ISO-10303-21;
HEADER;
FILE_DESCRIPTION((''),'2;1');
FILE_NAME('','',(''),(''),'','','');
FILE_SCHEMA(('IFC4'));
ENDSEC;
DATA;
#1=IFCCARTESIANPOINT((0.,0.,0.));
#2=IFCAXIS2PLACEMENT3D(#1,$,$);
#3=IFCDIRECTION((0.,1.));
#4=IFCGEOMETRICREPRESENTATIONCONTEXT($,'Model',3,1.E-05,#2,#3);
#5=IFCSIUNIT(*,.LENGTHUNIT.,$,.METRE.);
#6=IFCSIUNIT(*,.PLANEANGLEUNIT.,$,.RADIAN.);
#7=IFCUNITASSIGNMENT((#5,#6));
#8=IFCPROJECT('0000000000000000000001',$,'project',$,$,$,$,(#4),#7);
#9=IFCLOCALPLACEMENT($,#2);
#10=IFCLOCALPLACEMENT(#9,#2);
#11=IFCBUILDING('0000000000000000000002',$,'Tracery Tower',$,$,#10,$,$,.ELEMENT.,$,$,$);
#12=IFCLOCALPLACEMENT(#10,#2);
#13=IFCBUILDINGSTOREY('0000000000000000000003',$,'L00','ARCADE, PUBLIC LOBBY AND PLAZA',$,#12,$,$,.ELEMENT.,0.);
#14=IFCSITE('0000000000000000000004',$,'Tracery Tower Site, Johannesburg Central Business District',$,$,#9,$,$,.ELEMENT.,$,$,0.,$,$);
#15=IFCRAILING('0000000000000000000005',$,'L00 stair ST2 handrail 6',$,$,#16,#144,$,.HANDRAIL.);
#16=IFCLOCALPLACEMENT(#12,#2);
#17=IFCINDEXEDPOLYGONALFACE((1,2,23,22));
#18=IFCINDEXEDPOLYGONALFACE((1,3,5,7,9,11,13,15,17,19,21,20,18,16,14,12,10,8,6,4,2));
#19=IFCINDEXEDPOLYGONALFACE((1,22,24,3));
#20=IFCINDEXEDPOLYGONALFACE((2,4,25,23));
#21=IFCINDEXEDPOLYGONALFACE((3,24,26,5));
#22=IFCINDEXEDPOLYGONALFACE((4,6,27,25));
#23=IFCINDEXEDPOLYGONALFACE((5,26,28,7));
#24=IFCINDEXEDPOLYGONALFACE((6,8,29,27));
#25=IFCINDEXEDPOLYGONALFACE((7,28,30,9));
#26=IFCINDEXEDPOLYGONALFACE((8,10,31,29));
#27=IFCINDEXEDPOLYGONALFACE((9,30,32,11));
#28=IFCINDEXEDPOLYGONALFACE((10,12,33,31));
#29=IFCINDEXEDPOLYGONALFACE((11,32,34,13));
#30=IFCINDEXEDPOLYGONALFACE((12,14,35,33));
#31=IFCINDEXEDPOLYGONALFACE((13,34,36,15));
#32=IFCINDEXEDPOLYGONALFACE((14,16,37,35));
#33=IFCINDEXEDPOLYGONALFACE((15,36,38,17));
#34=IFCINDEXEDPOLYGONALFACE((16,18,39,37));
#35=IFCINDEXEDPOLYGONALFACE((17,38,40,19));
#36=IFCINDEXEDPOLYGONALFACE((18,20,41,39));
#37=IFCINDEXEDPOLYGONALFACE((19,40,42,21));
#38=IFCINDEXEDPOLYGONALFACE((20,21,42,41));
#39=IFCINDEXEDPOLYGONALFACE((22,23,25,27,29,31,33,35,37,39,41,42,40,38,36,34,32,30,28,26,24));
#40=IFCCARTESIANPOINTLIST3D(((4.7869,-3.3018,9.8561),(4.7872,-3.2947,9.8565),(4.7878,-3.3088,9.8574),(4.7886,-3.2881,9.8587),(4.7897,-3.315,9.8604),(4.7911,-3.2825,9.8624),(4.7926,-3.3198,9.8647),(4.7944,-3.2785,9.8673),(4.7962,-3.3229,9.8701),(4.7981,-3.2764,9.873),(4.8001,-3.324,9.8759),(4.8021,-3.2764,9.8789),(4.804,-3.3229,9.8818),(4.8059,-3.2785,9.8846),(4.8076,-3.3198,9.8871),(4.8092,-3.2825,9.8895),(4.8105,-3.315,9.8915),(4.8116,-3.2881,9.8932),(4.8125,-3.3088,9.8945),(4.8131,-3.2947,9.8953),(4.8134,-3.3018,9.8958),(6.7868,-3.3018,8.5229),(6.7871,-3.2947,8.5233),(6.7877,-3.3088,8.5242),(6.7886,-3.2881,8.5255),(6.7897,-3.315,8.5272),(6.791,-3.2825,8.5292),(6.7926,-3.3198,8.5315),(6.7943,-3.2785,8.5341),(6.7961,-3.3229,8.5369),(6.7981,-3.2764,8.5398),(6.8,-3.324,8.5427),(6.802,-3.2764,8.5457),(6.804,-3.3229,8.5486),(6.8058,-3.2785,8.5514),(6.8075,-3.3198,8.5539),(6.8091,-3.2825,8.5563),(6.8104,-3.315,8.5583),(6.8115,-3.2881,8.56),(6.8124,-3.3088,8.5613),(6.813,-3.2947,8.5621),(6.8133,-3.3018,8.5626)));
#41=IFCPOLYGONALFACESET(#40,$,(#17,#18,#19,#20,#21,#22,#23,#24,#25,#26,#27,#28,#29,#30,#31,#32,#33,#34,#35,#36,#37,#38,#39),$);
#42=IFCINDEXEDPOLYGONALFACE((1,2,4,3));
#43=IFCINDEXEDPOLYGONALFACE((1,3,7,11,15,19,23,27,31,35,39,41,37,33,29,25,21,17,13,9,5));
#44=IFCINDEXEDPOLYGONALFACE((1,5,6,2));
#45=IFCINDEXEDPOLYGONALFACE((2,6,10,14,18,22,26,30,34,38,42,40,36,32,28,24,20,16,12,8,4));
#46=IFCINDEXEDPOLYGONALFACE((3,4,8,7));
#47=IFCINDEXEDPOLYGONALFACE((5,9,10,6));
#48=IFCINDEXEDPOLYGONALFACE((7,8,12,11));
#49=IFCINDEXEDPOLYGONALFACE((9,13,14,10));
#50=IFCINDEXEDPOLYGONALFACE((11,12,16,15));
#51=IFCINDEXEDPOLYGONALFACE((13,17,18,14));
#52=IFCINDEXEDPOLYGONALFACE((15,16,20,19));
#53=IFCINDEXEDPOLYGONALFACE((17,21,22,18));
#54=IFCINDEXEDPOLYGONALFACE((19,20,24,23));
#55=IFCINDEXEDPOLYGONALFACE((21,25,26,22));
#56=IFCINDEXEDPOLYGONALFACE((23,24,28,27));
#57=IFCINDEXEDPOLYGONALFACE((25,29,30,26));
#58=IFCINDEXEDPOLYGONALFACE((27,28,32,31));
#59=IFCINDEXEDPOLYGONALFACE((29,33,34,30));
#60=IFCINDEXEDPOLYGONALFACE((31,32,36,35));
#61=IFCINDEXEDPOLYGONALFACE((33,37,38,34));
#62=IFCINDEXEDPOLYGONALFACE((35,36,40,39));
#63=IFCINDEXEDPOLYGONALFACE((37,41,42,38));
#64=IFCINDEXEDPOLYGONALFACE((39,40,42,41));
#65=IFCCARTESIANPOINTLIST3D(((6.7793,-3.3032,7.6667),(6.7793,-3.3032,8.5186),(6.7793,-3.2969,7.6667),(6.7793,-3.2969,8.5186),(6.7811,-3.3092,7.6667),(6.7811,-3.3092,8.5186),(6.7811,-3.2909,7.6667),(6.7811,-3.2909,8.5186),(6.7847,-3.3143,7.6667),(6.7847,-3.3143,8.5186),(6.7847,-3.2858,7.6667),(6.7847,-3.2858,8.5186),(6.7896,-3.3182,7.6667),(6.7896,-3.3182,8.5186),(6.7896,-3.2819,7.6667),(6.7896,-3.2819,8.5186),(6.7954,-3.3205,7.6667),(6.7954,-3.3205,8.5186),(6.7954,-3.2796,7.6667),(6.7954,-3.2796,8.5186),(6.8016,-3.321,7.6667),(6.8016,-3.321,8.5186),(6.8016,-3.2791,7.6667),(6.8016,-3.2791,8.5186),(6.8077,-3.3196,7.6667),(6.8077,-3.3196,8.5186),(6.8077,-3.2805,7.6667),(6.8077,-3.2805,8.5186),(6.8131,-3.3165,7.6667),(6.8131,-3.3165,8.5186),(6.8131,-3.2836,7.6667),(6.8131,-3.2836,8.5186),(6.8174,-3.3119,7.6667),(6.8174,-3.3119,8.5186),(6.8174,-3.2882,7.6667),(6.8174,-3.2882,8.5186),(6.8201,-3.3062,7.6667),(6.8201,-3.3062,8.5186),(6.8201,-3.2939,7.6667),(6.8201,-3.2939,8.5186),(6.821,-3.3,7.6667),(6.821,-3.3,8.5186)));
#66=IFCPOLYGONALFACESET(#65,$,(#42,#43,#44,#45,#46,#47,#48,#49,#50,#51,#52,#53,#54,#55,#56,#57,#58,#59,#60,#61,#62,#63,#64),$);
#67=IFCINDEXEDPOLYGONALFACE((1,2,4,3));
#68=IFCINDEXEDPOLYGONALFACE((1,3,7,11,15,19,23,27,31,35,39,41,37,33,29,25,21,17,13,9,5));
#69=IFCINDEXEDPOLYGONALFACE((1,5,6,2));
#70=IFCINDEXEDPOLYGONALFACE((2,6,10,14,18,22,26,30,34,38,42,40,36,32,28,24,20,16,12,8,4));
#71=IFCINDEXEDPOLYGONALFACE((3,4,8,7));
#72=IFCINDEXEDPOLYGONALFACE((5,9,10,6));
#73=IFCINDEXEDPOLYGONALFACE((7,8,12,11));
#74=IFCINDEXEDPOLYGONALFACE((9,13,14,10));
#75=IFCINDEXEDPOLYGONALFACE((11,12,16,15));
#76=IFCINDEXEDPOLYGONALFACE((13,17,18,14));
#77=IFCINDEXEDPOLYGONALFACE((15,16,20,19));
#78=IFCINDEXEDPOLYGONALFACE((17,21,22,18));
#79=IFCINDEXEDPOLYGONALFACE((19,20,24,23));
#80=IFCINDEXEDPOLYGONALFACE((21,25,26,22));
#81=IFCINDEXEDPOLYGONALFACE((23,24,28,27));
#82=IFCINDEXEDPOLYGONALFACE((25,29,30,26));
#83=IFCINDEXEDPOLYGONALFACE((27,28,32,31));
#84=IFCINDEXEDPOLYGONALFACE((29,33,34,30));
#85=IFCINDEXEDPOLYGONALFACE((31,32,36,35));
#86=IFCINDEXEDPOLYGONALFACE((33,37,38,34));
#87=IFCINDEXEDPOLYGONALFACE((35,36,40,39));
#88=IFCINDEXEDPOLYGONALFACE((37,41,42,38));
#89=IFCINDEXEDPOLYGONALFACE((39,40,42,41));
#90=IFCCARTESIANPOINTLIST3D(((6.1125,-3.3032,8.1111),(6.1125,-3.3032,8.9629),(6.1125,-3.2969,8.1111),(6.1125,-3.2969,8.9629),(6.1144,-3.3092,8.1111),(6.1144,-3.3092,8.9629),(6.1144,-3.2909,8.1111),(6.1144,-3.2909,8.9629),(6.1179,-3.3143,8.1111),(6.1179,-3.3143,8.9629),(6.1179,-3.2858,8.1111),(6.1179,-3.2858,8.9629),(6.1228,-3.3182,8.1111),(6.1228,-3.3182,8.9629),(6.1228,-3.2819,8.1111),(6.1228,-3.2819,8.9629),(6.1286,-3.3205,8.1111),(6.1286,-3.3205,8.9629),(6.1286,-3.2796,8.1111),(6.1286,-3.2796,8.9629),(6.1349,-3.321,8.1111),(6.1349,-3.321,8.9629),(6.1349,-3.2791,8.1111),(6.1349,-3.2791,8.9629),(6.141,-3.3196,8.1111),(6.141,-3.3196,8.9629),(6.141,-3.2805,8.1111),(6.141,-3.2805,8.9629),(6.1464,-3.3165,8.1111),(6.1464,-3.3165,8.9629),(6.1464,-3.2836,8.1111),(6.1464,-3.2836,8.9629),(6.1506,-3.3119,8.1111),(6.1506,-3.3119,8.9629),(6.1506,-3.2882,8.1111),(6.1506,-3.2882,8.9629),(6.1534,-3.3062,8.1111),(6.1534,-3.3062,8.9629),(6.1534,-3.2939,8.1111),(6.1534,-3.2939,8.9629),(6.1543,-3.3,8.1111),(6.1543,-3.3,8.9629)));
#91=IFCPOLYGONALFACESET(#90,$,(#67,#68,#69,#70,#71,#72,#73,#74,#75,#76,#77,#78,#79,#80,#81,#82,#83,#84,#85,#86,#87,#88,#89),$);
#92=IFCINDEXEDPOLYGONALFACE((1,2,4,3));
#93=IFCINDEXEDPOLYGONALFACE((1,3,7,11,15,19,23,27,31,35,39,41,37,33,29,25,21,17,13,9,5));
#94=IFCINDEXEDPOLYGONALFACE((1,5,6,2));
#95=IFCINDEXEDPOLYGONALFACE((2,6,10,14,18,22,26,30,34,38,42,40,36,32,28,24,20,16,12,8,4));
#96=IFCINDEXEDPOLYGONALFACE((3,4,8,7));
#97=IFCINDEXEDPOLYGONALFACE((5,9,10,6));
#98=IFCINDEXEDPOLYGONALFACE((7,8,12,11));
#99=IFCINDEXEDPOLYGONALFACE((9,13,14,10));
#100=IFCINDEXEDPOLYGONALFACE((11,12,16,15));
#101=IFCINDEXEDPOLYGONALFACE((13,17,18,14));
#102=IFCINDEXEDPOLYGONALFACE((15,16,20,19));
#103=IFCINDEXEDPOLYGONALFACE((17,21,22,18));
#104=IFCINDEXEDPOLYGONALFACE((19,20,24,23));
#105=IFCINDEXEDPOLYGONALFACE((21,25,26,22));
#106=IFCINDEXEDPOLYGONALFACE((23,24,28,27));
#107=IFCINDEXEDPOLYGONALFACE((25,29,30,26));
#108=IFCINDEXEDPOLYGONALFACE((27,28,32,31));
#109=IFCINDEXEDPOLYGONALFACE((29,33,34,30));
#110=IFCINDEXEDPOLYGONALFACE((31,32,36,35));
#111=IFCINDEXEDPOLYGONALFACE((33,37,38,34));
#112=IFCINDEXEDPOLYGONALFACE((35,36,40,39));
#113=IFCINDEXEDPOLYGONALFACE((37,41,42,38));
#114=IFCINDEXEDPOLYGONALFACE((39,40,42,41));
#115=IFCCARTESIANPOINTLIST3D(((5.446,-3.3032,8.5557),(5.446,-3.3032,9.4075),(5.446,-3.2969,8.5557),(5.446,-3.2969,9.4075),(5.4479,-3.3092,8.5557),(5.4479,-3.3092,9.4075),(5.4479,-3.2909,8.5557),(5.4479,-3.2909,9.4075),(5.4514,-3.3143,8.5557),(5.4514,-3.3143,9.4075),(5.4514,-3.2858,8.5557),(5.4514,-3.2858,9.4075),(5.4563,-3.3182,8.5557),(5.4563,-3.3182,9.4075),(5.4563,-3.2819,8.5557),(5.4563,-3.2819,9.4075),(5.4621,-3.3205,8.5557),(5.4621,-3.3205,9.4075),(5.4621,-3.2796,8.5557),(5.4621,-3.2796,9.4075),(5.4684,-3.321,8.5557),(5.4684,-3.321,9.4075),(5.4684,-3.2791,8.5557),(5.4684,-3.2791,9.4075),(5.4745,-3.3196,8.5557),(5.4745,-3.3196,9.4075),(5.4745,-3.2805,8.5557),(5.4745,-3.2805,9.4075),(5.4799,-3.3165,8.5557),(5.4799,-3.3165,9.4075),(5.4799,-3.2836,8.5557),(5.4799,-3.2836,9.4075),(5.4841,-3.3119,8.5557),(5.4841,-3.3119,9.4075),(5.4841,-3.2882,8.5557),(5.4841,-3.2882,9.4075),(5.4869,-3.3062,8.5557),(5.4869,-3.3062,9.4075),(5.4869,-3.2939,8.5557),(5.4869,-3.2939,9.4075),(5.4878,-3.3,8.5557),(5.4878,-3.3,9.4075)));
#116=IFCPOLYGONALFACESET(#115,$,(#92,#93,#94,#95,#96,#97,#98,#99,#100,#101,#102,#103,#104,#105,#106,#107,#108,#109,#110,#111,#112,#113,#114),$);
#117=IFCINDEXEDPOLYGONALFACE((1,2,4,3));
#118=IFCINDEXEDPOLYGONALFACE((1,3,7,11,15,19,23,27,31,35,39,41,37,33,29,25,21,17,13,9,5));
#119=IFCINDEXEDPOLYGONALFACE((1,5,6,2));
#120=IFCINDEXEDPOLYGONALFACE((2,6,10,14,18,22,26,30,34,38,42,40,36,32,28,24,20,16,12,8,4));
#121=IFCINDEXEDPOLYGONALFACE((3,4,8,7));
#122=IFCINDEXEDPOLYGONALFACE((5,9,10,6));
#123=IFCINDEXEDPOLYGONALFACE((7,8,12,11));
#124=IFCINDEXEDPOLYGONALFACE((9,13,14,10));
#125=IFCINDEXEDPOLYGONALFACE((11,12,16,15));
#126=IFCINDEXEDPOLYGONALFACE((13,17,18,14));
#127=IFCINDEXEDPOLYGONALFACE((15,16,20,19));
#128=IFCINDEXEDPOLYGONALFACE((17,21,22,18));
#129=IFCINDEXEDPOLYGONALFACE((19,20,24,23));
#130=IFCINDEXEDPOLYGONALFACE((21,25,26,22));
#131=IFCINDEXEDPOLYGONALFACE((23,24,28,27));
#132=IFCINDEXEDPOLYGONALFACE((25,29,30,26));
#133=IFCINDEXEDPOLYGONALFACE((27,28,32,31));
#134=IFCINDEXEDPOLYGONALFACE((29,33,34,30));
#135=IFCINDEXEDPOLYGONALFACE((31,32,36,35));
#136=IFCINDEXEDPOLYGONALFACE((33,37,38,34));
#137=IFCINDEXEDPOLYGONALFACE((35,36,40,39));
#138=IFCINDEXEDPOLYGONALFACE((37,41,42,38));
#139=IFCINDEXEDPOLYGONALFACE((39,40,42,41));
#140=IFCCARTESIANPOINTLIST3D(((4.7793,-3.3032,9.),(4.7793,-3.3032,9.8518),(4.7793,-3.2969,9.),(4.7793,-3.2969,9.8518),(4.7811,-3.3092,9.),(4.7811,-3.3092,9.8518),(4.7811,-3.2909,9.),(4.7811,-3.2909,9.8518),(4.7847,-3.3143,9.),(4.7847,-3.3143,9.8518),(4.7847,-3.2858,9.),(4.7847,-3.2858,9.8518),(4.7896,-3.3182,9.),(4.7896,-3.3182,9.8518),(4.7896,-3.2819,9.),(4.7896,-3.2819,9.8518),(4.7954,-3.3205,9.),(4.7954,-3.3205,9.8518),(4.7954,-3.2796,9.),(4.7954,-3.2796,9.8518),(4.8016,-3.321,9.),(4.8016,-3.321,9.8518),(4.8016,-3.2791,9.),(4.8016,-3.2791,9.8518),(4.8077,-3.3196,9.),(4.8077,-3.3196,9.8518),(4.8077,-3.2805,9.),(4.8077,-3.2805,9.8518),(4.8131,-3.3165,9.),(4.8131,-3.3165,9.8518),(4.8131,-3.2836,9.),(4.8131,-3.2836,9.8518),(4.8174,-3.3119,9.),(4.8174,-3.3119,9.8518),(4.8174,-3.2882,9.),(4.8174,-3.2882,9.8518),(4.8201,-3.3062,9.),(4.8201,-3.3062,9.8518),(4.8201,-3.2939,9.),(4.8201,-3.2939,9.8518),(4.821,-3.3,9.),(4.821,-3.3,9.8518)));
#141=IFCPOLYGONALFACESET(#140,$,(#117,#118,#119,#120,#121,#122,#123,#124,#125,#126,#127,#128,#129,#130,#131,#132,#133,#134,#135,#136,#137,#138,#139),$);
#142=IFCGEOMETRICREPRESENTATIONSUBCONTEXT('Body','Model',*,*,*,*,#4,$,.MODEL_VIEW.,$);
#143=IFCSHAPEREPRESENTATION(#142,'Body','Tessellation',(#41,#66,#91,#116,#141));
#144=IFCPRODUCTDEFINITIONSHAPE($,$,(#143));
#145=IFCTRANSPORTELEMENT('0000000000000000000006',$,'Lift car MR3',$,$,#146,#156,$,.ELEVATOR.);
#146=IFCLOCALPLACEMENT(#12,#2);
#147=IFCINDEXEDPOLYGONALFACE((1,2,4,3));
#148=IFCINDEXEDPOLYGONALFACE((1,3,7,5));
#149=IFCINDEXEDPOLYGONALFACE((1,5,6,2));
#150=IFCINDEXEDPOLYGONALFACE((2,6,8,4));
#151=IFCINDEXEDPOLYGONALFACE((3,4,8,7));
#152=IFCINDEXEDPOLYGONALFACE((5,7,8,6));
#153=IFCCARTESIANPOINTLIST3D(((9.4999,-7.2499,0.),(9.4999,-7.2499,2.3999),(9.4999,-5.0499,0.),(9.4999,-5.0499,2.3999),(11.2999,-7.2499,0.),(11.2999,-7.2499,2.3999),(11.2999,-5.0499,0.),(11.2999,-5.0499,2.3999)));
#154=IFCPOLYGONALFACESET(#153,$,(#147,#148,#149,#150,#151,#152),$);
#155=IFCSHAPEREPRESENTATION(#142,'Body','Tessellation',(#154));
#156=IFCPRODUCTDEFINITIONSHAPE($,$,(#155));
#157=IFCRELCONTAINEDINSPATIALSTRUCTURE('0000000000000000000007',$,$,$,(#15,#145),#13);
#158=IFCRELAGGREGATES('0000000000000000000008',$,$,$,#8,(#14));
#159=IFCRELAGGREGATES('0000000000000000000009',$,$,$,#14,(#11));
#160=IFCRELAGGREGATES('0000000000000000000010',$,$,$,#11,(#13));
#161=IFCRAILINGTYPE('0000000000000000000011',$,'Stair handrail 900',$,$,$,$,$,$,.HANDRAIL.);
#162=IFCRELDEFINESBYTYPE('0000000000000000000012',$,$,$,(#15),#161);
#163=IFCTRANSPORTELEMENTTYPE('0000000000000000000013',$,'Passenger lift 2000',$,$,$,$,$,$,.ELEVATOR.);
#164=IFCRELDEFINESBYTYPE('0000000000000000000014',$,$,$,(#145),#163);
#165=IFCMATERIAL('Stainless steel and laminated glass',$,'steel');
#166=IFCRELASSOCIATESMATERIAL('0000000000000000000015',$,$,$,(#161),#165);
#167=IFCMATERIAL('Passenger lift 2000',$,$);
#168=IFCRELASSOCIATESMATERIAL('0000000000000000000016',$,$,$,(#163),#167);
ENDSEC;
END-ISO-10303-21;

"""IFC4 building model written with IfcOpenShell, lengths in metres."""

from ifc_helpers import new_model, si_unit, direction, frame, origin, origin_2d, place, context, subcontext, project, spatial, rectangle, circle, extrude, material, type_object, element, save


model = new_model("IFC4")

# Units and contexts
model_context = context("Model", 3, precision=1e-05, world=origin(), true_north=direction((0.0, 1.0)))
body_context = subcontext(model_context, "Body", "Model", "MODEL_VIEW")
ifc_project = project(units=[si_unit("LENGTHUNIT", "METRE"), si_unit("PLANEANGLEUNIT", "RADIAN")], contexts=[model_context])

# Site, building, storey
site_placement = place(None, origin())
site = spatial("IfcSite", under=ifc_project, at=site_placement, Name="Tracery Tower Site, Johannesburg Central Business District", CompositionType="ELEMENT", RefElevation=0.0)
building_placement = place(site_placement, origin())
building = spatial("IfcBuilding", under=site, at=building_placement, Name="Tracery Tower", CompositionType="ELEMENT")
storey_placement = place(building_placement, origin())
storey = spatial("IfcBuildingStorey", under=building, at=storey_placement, Name="L00", Description="ARCADE, PUBLIC LOBBY AND PLAZA", CompositionType="ELEMENT", Elevation=0.0)

# Railing
ifc_material_1 = material(Name="Stainless steel and laminated glass", Category="steel")
railing_type = type_object("IfcRailingType", Name="Stair handrail 900", PredefinedType="HANDRAIL", material=ifc_material_1)
railing_placement = place(storey_placement, frame((6.8, -3.3, 7.6667)))
element("IfcRailing", 1, at=railing_placement, inside=storey, type_object=railing_type, Name="L00 stair ST2 handrail 6", PredefinedType="HANDRAIL", context=body_context, shape_type="SweptSolid", body=[
    extrude(circle(Radius=0.0239, at=origin_2d()), frame((0.0, 0.0, 0.876), z_axis=(-0.832066, 0.0, 0.554677), x_axis=(0.0, -1.0, 0.0)), (0.0, 0.0, 1.0), 2.4036),
    extrude(circle(Radius=0.021, at=origin_2d()), origin(), (0.0, 0.0, 1.0), 0.8518),
    extrude(circle(Radius=0.021, at=origin_2d()), frame((-0.6667, 0.0, 0.4443)), (0.0, 0.0, 1.0), 0.8518),
    extrude(circle(Radius=0.021, at=origin_2d()), frame((-1.3333, 0.0, 0.8889)), (0.0, 0.0, 1.0), 0.8518),
    extrude(circle(Radius=0.021, at=origin_2d()), frame((-2.0, 0.0, 1.3333)), (0.0, 0.0, 1.0), 0.8518),
])

# Transport element
ifc_material_2 = material(Name="Passenger lift 2000")
transport_element_type = type_object("IfcTransportElementType", Name="Passenger lift 2000", PredefinedType="ELEVATOR", material=ifc_material_2)
transport_element_placement = place(storey_placement, frame((10.3999, -6.1499, 0.0), z_axis=(0.0, 0.0, 1.0), x_axis=(1.0, 0.0, 0.0)))
element("IfcTransportElement", 2, at=transport_element_placement, inside=storey, type_object=transport_element_type, Name="Lift car MR3", PredefinedType="ELEVATOR", context=body_context, shape_type="SweptSolid", body=[
    extrude(rectangle(XDim=1.8, YDim=2.2, at=origin_2d()), origin(), (0.0, 0.0, 1.0), 2.3999),
])

save(model, "model.ifc")
